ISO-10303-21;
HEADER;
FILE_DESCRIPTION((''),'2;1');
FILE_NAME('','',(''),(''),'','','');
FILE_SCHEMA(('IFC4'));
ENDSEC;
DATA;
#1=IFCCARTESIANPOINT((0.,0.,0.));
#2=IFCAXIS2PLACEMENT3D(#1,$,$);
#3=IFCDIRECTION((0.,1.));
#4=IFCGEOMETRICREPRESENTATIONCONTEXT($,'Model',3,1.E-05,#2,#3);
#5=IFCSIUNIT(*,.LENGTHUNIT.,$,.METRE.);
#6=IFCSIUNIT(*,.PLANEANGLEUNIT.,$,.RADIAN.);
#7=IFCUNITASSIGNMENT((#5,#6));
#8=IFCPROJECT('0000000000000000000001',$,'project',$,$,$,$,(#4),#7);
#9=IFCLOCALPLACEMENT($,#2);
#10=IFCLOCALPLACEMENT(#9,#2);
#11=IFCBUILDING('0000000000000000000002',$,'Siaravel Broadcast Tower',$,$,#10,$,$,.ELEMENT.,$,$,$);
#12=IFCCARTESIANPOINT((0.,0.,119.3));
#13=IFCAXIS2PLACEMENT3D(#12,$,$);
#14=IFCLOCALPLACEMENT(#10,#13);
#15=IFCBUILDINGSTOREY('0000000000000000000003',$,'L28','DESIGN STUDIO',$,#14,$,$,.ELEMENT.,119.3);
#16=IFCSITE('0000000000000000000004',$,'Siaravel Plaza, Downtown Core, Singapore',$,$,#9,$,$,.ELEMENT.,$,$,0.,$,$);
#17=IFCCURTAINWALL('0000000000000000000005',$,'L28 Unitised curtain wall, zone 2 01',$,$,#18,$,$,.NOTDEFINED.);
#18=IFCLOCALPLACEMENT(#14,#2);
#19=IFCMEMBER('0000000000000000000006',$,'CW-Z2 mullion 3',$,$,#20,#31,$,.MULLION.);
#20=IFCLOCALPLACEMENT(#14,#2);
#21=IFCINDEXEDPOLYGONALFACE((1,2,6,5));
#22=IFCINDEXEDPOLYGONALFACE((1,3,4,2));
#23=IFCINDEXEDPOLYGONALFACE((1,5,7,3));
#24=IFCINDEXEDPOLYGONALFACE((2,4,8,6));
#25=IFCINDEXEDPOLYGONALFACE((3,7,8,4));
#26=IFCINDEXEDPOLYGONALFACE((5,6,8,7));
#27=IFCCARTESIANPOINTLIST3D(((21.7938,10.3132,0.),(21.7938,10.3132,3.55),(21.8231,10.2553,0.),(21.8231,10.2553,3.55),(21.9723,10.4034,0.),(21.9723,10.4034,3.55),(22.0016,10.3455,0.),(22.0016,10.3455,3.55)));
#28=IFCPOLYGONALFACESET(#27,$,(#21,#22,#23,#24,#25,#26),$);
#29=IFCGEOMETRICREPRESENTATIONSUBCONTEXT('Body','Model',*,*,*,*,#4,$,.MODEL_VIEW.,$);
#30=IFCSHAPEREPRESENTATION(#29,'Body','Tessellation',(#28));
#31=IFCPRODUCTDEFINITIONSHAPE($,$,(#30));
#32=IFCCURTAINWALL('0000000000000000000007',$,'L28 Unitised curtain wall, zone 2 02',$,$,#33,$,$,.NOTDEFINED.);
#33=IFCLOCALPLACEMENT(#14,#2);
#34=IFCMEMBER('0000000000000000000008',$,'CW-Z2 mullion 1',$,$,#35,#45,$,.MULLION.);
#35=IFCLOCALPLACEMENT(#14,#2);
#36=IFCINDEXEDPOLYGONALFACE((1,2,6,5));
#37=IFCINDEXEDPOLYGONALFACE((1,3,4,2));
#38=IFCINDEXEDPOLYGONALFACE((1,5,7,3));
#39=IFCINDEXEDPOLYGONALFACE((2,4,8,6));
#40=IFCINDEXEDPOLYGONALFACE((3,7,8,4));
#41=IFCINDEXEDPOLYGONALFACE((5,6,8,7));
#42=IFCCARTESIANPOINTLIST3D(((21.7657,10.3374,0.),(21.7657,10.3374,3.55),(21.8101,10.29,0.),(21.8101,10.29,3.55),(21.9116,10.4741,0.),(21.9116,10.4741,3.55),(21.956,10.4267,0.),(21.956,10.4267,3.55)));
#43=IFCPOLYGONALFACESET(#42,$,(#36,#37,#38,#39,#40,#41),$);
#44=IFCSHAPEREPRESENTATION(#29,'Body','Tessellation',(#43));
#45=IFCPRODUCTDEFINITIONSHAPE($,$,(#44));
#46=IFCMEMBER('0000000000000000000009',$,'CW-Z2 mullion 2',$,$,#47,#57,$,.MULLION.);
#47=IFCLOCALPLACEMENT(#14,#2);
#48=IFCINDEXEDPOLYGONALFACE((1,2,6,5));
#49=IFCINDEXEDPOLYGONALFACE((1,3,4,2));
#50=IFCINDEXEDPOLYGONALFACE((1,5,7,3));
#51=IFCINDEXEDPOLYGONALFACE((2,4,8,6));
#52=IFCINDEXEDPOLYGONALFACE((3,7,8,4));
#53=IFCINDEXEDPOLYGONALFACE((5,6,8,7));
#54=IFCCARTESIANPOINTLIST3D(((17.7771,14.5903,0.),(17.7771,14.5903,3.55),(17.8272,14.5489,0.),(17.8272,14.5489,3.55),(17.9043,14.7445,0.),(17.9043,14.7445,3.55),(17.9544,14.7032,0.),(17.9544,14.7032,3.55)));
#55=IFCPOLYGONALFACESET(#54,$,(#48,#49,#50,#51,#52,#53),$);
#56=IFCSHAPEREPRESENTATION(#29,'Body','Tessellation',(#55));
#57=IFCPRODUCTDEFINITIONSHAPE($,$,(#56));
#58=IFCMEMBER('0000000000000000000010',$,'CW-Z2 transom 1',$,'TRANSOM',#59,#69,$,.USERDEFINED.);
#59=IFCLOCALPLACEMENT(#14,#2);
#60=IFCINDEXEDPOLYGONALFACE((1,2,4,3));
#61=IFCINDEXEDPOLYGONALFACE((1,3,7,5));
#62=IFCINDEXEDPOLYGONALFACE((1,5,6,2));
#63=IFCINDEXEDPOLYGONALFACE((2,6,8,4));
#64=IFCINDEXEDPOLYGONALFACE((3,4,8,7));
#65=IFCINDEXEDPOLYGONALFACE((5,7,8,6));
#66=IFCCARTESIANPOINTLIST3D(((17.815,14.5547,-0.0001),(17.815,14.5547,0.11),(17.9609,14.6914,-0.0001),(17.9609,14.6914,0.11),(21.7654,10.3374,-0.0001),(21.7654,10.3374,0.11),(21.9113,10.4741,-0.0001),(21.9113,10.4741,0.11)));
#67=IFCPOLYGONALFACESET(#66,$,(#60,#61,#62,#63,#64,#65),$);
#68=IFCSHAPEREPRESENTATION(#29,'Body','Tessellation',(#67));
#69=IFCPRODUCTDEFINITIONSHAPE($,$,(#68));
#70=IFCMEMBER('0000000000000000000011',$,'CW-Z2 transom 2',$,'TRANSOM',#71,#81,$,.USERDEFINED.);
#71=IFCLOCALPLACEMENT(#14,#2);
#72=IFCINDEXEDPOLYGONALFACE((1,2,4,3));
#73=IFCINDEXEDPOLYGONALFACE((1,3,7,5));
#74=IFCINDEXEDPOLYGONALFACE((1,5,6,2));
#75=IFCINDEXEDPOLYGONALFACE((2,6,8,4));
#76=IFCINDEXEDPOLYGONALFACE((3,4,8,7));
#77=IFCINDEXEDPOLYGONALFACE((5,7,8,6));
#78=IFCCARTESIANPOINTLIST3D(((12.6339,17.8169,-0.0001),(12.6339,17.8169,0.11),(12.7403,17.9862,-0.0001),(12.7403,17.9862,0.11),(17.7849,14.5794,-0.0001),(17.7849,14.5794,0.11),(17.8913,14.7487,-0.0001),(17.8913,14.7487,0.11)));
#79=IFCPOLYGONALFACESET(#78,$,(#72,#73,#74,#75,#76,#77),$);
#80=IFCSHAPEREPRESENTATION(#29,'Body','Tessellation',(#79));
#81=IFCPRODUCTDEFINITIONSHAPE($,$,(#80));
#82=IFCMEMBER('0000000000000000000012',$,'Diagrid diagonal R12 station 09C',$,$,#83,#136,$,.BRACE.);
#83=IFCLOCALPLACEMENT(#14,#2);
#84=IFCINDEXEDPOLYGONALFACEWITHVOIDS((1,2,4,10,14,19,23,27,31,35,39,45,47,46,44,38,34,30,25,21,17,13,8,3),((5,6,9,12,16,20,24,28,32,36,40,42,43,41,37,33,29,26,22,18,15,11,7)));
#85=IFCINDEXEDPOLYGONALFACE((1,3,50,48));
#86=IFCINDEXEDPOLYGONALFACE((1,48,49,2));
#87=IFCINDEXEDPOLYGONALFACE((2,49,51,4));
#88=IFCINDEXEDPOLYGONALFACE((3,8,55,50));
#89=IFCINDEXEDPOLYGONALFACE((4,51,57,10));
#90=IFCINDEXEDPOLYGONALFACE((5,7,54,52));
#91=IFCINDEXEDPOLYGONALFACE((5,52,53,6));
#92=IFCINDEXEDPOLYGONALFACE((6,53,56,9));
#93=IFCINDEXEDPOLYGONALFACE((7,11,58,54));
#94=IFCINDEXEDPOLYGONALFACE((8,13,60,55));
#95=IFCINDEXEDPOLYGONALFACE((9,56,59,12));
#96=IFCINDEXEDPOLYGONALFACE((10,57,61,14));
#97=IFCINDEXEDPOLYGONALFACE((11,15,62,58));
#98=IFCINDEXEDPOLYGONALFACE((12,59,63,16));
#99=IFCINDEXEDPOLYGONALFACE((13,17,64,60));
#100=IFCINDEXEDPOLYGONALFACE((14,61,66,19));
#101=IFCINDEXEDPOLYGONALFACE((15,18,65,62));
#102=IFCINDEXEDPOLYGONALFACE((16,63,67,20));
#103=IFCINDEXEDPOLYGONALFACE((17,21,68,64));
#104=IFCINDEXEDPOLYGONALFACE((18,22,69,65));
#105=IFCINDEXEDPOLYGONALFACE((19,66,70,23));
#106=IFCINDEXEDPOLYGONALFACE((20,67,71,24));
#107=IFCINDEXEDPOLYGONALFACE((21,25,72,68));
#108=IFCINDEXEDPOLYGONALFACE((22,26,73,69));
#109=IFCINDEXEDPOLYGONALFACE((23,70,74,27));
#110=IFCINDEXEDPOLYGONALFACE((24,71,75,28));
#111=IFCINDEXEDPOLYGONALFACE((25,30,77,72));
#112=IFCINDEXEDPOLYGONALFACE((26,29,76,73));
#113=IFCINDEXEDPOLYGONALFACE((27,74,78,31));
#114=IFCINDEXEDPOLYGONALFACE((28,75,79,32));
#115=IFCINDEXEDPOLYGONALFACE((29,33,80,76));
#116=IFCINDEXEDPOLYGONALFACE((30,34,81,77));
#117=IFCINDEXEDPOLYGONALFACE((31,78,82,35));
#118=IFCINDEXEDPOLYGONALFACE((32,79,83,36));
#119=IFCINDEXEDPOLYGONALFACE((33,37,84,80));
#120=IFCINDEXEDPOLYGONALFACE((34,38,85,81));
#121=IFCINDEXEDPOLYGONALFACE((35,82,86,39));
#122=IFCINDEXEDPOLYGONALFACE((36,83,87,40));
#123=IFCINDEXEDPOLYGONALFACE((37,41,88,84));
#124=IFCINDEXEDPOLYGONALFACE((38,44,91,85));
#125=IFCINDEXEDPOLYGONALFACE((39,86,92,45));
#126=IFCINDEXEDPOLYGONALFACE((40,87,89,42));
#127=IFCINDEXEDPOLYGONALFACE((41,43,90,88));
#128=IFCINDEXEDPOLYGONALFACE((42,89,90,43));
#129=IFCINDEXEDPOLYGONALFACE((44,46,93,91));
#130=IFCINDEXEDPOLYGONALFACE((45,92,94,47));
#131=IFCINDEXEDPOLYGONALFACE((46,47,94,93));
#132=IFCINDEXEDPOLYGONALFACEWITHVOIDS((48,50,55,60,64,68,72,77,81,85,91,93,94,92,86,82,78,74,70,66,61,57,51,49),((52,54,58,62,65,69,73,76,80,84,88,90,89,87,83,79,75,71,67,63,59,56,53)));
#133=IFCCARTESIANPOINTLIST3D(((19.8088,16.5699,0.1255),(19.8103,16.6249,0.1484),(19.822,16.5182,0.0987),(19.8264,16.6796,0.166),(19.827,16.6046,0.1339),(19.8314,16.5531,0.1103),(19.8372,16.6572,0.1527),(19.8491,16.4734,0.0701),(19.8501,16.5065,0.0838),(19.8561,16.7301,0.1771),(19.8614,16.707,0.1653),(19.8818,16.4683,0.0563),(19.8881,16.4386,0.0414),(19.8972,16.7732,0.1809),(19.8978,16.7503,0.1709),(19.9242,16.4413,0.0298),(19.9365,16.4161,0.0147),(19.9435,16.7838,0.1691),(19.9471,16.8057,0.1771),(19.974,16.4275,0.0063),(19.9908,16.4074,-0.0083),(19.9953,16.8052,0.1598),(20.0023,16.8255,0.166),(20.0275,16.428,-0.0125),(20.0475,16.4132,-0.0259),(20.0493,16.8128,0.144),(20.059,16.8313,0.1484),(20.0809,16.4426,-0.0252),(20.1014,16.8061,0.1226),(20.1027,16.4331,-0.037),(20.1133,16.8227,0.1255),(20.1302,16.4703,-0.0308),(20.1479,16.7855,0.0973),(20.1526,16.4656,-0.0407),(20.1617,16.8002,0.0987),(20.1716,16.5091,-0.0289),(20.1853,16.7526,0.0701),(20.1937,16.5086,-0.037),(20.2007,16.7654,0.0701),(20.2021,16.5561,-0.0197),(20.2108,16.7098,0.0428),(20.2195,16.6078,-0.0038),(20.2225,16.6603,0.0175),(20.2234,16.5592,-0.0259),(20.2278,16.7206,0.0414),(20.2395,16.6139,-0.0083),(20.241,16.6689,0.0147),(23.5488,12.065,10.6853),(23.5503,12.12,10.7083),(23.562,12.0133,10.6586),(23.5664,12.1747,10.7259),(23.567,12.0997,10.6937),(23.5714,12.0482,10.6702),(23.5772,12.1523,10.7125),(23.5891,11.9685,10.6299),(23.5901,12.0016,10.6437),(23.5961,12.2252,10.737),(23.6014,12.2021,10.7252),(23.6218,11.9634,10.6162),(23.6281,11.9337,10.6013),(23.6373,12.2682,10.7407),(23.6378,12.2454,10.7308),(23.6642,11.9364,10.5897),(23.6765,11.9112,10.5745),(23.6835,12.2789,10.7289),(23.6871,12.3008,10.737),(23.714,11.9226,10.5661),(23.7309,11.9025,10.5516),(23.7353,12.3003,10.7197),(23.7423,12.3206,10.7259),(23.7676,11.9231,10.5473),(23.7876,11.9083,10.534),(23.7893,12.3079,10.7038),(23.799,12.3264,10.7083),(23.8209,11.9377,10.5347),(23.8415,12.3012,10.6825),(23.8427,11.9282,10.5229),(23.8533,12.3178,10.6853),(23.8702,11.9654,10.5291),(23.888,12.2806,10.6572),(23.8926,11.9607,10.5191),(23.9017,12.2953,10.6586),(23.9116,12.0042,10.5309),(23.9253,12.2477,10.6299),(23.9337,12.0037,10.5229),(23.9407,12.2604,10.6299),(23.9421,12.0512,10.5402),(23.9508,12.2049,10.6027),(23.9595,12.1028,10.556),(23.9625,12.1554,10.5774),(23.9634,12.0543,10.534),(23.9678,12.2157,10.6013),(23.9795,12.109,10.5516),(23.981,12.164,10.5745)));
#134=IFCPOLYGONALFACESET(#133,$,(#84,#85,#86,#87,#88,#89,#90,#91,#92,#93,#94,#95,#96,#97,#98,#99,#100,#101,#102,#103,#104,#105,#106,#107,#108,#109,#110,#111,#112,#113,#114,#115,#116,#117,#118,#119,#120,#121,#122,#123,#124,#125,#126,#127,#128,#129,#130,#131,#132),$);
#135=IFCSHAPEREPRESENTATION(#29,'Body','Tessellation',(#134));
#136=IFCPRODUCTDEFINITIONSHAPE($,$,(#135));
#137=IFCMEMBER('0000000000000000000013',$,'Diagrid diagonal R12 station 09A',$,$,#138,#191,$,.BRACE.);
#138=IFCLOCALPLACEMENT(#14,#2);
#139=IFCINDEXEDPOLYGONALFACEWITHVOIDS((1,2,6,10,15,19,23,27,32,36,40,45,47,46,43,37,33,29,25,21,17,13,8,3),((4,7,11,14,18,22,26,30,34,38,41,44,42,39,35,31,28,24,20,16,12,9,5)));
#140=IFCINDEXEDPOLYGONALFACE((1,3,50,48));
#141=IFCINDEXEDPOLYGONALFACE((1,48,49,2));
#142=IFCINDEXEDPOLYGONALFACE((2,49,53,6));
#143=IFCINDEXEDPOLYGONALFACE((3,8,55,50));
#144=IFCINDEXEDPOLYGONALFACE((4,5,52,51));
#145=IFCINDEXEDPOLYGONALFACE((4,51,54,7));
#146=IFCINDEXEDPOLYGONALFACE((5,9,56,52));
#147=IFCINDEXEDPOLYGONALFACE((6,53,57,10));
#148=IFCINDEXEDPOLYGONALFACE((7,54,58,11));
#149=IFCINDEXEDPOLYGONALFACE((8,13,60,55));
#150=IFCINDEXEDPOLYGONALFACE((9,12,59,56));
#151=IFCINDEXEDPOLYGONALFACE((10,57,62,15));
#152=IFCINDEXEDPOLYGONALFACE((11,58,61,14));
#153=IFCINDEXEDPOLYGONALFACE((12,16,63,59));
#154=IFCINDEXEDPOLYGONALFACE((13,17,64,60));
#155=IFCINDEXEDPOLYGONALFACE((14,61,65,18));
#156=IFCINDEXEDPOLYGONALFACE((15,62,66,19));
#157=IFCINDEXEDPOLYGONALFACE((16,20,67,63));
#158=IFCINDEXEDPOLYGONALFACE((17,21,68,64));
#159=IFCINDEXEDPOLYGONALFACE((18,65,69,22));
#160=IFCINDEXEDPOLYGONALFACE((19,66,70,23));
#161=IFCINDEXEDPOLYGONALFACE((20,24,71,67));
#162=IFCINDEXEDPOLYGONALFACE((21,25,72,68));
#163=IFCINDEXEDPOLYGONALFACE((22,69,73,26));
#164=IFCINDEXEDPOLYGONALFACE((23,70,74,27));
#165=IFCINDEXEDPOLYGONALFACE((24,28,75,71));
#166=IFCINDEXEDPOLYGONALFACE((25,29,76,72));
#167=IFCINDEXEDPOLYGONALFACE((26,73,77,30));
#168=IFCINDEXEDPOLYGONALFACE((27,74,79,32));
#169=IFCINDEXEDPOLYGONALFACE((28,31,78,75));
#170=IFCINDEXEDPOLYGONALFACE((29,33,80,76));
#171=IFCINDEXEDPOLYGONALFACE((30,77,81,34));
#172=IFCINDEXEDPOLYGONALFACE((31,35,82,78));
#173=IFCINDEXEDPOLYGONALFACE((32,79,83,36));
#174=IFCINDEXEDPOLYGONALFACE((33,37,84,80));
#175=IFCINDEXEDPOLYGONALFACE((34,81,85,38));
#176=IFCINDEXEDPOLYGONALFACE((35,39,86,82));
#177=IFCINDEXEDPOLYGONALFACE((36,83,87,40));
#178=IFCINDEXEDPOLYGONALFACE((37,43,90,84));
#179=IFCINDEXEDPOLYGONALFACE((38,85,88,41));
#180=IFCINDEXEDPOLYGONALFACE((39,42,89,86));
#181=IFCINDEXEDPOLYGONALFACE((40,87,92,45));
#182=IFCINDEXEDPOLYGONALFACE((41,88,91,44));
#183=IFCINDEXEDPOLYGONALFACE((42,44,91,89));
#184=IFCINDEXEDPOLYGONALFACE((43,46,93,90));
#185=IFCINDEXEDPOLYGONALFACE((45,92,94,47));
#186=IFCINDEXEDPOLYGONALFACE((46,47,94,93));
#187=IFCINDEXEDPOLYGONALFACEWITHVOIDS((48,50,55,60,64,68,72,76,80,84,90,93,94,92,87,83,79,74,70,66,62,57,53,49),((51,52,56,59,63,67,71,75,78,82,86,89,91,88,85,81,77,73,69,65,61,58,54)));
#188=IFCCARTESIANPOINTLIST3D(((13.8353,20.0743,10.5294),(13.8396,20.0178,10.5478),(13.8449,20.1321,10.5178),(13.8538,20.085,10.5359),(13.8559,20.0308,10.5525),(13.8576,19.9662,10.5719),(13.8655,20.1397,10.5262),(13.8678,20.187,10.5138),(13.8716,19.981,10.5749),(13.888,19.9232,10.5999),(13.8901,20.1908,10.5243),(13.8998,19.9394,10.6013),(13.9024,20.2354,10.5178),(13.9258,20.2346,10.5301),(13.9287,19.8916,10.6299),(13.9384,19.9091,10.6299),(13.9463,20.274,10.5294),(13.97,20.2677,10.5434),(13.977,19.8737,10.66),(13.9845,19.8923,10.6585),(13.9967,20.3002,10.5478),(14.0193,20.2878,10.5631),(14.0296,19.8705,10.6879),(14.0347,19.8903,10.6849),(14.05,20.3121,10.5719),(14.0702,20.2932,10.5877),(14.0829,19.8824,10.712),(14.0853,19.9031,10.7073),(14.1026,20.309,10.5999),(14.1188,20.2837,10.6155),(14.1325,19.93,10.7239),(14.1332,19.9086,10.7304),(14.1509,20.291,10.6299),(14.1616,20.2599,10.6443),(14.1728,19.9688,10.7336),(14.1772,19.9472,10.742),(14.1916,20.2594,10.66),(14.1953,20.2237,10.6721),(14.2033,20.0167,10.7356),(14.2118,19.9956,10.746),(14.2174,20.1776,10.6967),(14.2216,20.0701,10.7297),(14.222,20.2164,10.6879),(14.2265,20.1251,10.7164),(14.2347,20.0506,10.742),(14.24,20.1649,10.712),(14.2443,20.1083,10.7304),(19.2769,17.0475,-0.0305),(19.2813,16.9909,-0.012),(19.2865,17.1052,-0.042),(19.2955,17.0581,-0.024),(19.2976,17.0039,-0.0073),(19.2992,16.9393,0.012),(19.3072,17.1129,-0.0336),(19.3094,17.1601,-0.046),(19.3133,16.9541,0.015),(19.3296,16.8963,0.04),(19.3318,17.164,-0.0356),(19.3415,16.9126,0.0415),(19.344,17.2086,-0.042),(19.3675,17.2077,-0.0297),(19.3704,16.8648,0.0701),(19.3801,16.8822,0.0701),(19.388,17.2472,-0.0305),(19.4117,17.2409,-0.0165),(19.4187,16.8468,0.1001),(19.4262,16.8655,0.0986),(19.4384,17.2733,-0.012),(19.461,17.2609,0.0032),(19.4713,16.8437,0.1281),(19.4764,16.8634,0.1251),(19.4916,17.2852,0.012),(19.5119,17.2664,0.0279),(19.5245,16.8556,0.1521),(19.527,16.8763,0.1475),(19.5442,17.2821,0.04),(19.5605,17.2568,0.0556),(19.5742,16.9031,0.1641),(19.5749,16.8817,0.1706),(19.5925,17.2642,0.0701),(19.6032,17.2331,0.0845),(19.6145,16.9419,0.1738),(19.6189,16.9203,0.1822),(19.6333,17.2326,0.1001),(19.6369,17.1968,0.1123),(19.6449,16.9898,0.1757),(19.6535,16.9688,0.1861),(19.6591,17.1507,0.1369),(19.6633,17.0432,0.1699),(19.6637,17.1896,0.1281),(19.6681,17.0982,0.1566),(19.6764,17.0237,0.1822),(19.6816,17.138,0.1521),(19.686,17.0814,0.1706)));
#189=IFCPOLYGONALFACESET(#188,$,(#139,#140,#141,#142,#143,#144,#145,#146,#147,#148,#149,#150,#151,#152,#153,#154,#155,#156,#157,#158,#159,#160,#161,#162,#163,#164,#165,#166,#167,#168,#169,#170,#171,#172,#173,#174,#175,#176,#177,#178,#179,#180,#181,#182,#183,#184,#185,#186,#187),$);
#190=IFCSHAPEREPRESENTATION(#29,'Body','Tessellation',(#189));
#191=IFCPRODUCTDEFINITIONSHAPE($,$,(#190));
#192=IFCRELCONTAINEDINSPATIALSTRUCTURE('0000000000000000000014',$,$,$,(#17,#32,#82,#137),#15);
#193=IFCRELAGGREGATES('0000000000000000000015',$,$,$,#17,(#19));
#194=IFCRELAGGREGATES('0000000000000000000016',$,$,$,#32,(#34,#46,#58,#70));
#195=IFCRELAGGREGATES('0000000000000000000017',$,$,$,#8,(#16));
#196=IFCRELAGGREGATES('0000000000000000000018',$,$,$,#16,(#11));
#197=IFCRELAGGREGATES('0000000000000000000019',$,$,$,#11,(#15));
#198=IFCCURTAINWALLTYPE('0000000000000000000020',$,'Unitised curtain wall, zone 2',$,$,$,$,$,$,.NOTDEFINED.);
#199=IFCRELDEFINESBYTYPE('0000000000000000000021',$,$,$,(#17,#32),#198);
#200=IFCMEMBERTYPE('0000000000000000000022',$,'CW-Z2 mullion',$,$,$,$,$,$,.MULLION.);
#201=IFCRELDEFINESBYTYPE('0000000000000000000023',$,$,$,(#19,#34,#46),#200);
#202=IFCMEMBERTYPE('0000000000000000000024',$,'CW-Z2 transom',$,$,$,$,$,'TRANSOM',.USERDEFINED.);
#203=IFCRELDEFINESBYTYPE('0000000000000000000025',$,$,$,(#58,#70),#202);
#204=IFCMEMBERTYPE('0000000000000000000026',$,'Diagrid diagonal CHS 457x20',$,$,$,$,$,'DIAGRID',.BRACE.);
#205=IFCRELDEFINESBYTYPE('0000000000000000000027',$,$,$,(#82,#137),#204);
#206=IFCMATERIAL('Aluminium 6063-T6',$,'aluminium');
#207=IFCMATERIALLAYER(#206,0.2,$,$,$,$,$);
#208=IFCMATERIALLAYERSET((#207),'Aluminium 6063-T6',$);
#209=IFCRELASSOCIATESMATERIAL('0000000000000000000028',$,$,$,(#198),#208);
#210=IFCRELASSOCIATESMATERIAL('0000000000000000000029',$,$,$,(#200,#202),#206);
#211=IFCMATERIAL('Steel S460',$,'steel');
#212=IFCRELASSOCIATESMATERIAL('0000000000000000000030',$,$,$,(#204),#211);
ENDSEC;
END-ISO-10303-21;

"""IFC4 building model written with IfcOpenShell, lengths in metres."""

from ifc_helpers import new_model, si_unit, direction, frame, origin, origin_2d, place, context, subcontext, project, spatial, rectangle, hollow_circle, extrude, material, layer, layer_set, material_profile, profile_set, type_object, element, aggregate, save


model = new_model("IFC4")

# Units and contexts
model_context = context("Model", 3, precision=1e-05, world=origin(), true_north=direction((0.0, 1.0)))
body_context = subcontext(model_context, "Body", "Model", "MODEL_VIEW")
ifc_project = project(units=[si_unit("LENGTHUNIT", "METRE"), si_unit("PLANEANGLEUNIT", "RADIAN")], contexts=[model_context])

# Site, building, storey
site_placement = place(None, origin())
site = spatial("IfcSite", under=ifc_project, at=site_placement, Name="Siaravel Plaza, Downtown Core, Singapore", CompositionType="ELEMENT", RefElevation=0.0)
building_placement = place(site_placement, origin())
building = spatial("IfcBuilding", under=site, at=building_placement, Name="Siaravel Broadcast Tower", CompositionType="ELEMENT")
storey_placement = place(building_placement, frame((0.0, 0.0, 119.3)))
storey = spatial("IfcBuildingStorey", under=building, at=storey_placement, Name="L28", Description="DESIGN STUDIO", CompositionType="ELEMENT", Elevation=119.3)

# Curtain wall, member
ifc_material_1 = material(Name="Aluminium 6063-T6", Category="aluminium")
ifc_layer_1 = layer(ifc_material_1, 0.2)
ifc_layer_set_1 = layer_set([ifc_layer_1], Name="Aluminium 6063-T6")
curtain_wall_type = type_object("IfcCurtainWallType", Name="Unitised curtain wall, zone 2", PredefinedType="NOTDEFINED", material=ifc_layer_set_1)
curtain_wall_1_placement = place(storey_placement, origin())
curtain_wall_1 = element("IfcCurtainWall", 1, at=curtain_wall_1_placement, inside=storey, type_object=curtain_wall_type, Name="L28 Unitised curtain wall, zone 2 01", PredefinedType="NOTDEFINED")
ifc_material_profile_1 = material_profile(ifc_material_1, rectangle(XDim=0.2, YDim=0.0649, at=origin_2d()))
ifc_profile_set_1 = profile_set([ifc_material_profile_1], Name="Aluminium 6063-T6")
member_type_1 = type_object("IfcMemberType", Name="CW-Z2 mullion", PredefinedType="MULLION", material=ifc_profile_set_1)
member_1_placement = place(storey_placement, frame((21.8977, 10.3293, 0.0), z_axis=(0.0, 0.0, 1.0), x_axis=(-0.892392, -0.451261, 0.0)))
member_1 = element("IfcMember", 2, at=member_1_placement, type_object=member_type_1, Name="CW-Z2 mullion 3", PredefinedType="MULLION", context=body_context, shape_type="SweptSolid", body=[
    extrude(rectangle(XDim=0.2, YDim=0.0649, at=origin_2d()), origin(), (0.0, 0.0, 1.0), 3.55),
])

# Curtain wall, members
curtain_wall_2_placement = place(storey_placement, origin())
curtain_wall_2 = element("IfcCurtainWall", 3, at=curtain_wall_2_placement, inside=storey, type_object=curtain_wall_type, Name="L28 Unitised curtain wall, zone 2 02", PredefinedType="NOTDEFINED")
member_2_placement = place(storey_placement, frame((21.8608, 10.3821, 0.0), z_axis=(0.0, 0.0, 1.0), x_axis=(-0.729805, -0.683655, 0.0)))
member_2 = element("IfcMember", 4, at=member_2_placement, type_object=member_type_1, Name="CW-Z2 mullion 1", PredefinedType="MULLION", context=body_context, shape_type="SweptSolid", body=[
    extrude(rectangle(XDim=0.2, YDim=0.0649, at=origin_2d()), origin(), (0.0, 0.0, 1.0), 3.55),
])
member_3_placement = place(storey_placement, frame((17.8657, 14.6467, 0.0), z_axis=(0.0, 0.0, 1.0), x_axis=(-0.636219, -0.771509, 0.0)))
member_3 = element("IfcMember", 5, at=member_3_placement, type_object=member_type_1, Name="CW-Z2 mullion 2", PredefinedType="MULLION", context=body_context, shape_type="SweptSolid", body=[
    extrude(rectangle(XDim=0.2, YDim=0.0649, at=origin_2d()), origin(), (0.0, 0.0, 1.0), 3.55),
])
ifc_material_profile_2 = material_profile(ifc_material_1, rectangle(XDim=0.2, YDim=0.1101, at=origin_2d()))
ifc_profile_set_2 = profile_set([ifc_material_profile_2], Name="Aluminium 6063-T6")
member_type_2 = type_object("IfcMemberType", Name="CW-Z2 transom", ElementType="TRANSOM", PredefinedType="USERDEFINED", material=ifc_profile_set_2)
member_4_placement = place(storey_placement, frame((21.8384, 10.4058, 0.0549), z_axis=(-0.68364, 0.729819, 0.0), x_axis=(-0.729819, -0.68364, 0.0)))
member_4 = element("IfcMember", 6, at=member_4_placement, type_object=member_type_2, Name="CW-Z2 transom 1", ObjectType="TRANSOM", PredefinedType="USERDEFINED", context=body_context, shape_type="SweptSolid", body=[
    extrude(rectangle(XDim=0.2, YDim=0.1101, at=origin_2d()), origin(), (0.0, 0.0, 1.0), 5.7786),
])
member_5_placement = place(storey_placement, frame((17.8381, 14.6641, 0.0549), z_axis=(-0.846659, 0.532136, 0.0), x_axis=(-0.532136, -0.846659, 0.0)))
member_5 = element("IfcMember", 7, at=member_5_placement, type_object=member_type_2, Name="CW-Z2 transom 2", ObjectType="TRANSOM", PredefinedType="USERDEFINED", context=body_context, shape_type="SweptSolid", body=[
    extrude(rectangle(XDim=0.2, YDim=0.1101, at=origin_2d()), origin(), (0.0, 0.0, 1.0), 6.084),
])

# Members
ifc_material_2 = material(Name="Steel S460", Category="steel")
ifc_material_profile_3 = material_profile(ifc_material_2, hollow_circle(Radius=0.2285, WallThickness=0.02, at=origin_2d()))
ifc_profile_set_3 = profile_set([ifc_material_profile_3], Name="Steel S460")
member_type_3 = type_object("IfcMemberType", Name="Diagrid diagonal CHS 457x20", ElementType="DIAGRID", PredefinedType="BRACE", material=ifc_profile_set_3)
member_6_placement = place(storey_placement, frame((20.0249, 16.6194, 0.0701), z_axis=(0.309745, -0.373094, 0.874562), x_axis=(0.769403, 0.638764, 0.0)))
element("IfcMember", 8, at=member_6_placement, inside=storey, type_object=member_type_3, Name="Diagrid diagonal R12 station 09C", PredefinedType="BRACE", context=body_context, shape_type="SweptSolid", body=[
    extrude(hollow_circle(Radius=0.2285, WallThickness=0.02, at=origin_2d()), origin(), (0.0, 0.0, 1.0), 12.0745),
])
member_7_placement = place(storey_placement, frame((19.4814, 17.0645, 0.0701), z_axis=(-0.44389, 0.246909, 0.861393), x_axis=(-0.486099, -0.873904, 0.0)))
element("IfcMember", 9, at=member_7_placement, inside=storey, type_object=member_type_3, Name="Diagrid diagonal R12 station 09A", PredefinedType="BRACE", context=body_context, shape_type="SweptSolid", body=[
    extrude(hollow_circle(Radius=0.2285, WallThickness=0.02, at=origin_2d()), origin(), (0.0, 0.0, 1.0), 12.259),
])

aggregate(curtain_wall_1, [member_1])
aggregate(curtain_wall_2, [member_2, member_3, member_4, member_5])

save(model, "model.ifc")
